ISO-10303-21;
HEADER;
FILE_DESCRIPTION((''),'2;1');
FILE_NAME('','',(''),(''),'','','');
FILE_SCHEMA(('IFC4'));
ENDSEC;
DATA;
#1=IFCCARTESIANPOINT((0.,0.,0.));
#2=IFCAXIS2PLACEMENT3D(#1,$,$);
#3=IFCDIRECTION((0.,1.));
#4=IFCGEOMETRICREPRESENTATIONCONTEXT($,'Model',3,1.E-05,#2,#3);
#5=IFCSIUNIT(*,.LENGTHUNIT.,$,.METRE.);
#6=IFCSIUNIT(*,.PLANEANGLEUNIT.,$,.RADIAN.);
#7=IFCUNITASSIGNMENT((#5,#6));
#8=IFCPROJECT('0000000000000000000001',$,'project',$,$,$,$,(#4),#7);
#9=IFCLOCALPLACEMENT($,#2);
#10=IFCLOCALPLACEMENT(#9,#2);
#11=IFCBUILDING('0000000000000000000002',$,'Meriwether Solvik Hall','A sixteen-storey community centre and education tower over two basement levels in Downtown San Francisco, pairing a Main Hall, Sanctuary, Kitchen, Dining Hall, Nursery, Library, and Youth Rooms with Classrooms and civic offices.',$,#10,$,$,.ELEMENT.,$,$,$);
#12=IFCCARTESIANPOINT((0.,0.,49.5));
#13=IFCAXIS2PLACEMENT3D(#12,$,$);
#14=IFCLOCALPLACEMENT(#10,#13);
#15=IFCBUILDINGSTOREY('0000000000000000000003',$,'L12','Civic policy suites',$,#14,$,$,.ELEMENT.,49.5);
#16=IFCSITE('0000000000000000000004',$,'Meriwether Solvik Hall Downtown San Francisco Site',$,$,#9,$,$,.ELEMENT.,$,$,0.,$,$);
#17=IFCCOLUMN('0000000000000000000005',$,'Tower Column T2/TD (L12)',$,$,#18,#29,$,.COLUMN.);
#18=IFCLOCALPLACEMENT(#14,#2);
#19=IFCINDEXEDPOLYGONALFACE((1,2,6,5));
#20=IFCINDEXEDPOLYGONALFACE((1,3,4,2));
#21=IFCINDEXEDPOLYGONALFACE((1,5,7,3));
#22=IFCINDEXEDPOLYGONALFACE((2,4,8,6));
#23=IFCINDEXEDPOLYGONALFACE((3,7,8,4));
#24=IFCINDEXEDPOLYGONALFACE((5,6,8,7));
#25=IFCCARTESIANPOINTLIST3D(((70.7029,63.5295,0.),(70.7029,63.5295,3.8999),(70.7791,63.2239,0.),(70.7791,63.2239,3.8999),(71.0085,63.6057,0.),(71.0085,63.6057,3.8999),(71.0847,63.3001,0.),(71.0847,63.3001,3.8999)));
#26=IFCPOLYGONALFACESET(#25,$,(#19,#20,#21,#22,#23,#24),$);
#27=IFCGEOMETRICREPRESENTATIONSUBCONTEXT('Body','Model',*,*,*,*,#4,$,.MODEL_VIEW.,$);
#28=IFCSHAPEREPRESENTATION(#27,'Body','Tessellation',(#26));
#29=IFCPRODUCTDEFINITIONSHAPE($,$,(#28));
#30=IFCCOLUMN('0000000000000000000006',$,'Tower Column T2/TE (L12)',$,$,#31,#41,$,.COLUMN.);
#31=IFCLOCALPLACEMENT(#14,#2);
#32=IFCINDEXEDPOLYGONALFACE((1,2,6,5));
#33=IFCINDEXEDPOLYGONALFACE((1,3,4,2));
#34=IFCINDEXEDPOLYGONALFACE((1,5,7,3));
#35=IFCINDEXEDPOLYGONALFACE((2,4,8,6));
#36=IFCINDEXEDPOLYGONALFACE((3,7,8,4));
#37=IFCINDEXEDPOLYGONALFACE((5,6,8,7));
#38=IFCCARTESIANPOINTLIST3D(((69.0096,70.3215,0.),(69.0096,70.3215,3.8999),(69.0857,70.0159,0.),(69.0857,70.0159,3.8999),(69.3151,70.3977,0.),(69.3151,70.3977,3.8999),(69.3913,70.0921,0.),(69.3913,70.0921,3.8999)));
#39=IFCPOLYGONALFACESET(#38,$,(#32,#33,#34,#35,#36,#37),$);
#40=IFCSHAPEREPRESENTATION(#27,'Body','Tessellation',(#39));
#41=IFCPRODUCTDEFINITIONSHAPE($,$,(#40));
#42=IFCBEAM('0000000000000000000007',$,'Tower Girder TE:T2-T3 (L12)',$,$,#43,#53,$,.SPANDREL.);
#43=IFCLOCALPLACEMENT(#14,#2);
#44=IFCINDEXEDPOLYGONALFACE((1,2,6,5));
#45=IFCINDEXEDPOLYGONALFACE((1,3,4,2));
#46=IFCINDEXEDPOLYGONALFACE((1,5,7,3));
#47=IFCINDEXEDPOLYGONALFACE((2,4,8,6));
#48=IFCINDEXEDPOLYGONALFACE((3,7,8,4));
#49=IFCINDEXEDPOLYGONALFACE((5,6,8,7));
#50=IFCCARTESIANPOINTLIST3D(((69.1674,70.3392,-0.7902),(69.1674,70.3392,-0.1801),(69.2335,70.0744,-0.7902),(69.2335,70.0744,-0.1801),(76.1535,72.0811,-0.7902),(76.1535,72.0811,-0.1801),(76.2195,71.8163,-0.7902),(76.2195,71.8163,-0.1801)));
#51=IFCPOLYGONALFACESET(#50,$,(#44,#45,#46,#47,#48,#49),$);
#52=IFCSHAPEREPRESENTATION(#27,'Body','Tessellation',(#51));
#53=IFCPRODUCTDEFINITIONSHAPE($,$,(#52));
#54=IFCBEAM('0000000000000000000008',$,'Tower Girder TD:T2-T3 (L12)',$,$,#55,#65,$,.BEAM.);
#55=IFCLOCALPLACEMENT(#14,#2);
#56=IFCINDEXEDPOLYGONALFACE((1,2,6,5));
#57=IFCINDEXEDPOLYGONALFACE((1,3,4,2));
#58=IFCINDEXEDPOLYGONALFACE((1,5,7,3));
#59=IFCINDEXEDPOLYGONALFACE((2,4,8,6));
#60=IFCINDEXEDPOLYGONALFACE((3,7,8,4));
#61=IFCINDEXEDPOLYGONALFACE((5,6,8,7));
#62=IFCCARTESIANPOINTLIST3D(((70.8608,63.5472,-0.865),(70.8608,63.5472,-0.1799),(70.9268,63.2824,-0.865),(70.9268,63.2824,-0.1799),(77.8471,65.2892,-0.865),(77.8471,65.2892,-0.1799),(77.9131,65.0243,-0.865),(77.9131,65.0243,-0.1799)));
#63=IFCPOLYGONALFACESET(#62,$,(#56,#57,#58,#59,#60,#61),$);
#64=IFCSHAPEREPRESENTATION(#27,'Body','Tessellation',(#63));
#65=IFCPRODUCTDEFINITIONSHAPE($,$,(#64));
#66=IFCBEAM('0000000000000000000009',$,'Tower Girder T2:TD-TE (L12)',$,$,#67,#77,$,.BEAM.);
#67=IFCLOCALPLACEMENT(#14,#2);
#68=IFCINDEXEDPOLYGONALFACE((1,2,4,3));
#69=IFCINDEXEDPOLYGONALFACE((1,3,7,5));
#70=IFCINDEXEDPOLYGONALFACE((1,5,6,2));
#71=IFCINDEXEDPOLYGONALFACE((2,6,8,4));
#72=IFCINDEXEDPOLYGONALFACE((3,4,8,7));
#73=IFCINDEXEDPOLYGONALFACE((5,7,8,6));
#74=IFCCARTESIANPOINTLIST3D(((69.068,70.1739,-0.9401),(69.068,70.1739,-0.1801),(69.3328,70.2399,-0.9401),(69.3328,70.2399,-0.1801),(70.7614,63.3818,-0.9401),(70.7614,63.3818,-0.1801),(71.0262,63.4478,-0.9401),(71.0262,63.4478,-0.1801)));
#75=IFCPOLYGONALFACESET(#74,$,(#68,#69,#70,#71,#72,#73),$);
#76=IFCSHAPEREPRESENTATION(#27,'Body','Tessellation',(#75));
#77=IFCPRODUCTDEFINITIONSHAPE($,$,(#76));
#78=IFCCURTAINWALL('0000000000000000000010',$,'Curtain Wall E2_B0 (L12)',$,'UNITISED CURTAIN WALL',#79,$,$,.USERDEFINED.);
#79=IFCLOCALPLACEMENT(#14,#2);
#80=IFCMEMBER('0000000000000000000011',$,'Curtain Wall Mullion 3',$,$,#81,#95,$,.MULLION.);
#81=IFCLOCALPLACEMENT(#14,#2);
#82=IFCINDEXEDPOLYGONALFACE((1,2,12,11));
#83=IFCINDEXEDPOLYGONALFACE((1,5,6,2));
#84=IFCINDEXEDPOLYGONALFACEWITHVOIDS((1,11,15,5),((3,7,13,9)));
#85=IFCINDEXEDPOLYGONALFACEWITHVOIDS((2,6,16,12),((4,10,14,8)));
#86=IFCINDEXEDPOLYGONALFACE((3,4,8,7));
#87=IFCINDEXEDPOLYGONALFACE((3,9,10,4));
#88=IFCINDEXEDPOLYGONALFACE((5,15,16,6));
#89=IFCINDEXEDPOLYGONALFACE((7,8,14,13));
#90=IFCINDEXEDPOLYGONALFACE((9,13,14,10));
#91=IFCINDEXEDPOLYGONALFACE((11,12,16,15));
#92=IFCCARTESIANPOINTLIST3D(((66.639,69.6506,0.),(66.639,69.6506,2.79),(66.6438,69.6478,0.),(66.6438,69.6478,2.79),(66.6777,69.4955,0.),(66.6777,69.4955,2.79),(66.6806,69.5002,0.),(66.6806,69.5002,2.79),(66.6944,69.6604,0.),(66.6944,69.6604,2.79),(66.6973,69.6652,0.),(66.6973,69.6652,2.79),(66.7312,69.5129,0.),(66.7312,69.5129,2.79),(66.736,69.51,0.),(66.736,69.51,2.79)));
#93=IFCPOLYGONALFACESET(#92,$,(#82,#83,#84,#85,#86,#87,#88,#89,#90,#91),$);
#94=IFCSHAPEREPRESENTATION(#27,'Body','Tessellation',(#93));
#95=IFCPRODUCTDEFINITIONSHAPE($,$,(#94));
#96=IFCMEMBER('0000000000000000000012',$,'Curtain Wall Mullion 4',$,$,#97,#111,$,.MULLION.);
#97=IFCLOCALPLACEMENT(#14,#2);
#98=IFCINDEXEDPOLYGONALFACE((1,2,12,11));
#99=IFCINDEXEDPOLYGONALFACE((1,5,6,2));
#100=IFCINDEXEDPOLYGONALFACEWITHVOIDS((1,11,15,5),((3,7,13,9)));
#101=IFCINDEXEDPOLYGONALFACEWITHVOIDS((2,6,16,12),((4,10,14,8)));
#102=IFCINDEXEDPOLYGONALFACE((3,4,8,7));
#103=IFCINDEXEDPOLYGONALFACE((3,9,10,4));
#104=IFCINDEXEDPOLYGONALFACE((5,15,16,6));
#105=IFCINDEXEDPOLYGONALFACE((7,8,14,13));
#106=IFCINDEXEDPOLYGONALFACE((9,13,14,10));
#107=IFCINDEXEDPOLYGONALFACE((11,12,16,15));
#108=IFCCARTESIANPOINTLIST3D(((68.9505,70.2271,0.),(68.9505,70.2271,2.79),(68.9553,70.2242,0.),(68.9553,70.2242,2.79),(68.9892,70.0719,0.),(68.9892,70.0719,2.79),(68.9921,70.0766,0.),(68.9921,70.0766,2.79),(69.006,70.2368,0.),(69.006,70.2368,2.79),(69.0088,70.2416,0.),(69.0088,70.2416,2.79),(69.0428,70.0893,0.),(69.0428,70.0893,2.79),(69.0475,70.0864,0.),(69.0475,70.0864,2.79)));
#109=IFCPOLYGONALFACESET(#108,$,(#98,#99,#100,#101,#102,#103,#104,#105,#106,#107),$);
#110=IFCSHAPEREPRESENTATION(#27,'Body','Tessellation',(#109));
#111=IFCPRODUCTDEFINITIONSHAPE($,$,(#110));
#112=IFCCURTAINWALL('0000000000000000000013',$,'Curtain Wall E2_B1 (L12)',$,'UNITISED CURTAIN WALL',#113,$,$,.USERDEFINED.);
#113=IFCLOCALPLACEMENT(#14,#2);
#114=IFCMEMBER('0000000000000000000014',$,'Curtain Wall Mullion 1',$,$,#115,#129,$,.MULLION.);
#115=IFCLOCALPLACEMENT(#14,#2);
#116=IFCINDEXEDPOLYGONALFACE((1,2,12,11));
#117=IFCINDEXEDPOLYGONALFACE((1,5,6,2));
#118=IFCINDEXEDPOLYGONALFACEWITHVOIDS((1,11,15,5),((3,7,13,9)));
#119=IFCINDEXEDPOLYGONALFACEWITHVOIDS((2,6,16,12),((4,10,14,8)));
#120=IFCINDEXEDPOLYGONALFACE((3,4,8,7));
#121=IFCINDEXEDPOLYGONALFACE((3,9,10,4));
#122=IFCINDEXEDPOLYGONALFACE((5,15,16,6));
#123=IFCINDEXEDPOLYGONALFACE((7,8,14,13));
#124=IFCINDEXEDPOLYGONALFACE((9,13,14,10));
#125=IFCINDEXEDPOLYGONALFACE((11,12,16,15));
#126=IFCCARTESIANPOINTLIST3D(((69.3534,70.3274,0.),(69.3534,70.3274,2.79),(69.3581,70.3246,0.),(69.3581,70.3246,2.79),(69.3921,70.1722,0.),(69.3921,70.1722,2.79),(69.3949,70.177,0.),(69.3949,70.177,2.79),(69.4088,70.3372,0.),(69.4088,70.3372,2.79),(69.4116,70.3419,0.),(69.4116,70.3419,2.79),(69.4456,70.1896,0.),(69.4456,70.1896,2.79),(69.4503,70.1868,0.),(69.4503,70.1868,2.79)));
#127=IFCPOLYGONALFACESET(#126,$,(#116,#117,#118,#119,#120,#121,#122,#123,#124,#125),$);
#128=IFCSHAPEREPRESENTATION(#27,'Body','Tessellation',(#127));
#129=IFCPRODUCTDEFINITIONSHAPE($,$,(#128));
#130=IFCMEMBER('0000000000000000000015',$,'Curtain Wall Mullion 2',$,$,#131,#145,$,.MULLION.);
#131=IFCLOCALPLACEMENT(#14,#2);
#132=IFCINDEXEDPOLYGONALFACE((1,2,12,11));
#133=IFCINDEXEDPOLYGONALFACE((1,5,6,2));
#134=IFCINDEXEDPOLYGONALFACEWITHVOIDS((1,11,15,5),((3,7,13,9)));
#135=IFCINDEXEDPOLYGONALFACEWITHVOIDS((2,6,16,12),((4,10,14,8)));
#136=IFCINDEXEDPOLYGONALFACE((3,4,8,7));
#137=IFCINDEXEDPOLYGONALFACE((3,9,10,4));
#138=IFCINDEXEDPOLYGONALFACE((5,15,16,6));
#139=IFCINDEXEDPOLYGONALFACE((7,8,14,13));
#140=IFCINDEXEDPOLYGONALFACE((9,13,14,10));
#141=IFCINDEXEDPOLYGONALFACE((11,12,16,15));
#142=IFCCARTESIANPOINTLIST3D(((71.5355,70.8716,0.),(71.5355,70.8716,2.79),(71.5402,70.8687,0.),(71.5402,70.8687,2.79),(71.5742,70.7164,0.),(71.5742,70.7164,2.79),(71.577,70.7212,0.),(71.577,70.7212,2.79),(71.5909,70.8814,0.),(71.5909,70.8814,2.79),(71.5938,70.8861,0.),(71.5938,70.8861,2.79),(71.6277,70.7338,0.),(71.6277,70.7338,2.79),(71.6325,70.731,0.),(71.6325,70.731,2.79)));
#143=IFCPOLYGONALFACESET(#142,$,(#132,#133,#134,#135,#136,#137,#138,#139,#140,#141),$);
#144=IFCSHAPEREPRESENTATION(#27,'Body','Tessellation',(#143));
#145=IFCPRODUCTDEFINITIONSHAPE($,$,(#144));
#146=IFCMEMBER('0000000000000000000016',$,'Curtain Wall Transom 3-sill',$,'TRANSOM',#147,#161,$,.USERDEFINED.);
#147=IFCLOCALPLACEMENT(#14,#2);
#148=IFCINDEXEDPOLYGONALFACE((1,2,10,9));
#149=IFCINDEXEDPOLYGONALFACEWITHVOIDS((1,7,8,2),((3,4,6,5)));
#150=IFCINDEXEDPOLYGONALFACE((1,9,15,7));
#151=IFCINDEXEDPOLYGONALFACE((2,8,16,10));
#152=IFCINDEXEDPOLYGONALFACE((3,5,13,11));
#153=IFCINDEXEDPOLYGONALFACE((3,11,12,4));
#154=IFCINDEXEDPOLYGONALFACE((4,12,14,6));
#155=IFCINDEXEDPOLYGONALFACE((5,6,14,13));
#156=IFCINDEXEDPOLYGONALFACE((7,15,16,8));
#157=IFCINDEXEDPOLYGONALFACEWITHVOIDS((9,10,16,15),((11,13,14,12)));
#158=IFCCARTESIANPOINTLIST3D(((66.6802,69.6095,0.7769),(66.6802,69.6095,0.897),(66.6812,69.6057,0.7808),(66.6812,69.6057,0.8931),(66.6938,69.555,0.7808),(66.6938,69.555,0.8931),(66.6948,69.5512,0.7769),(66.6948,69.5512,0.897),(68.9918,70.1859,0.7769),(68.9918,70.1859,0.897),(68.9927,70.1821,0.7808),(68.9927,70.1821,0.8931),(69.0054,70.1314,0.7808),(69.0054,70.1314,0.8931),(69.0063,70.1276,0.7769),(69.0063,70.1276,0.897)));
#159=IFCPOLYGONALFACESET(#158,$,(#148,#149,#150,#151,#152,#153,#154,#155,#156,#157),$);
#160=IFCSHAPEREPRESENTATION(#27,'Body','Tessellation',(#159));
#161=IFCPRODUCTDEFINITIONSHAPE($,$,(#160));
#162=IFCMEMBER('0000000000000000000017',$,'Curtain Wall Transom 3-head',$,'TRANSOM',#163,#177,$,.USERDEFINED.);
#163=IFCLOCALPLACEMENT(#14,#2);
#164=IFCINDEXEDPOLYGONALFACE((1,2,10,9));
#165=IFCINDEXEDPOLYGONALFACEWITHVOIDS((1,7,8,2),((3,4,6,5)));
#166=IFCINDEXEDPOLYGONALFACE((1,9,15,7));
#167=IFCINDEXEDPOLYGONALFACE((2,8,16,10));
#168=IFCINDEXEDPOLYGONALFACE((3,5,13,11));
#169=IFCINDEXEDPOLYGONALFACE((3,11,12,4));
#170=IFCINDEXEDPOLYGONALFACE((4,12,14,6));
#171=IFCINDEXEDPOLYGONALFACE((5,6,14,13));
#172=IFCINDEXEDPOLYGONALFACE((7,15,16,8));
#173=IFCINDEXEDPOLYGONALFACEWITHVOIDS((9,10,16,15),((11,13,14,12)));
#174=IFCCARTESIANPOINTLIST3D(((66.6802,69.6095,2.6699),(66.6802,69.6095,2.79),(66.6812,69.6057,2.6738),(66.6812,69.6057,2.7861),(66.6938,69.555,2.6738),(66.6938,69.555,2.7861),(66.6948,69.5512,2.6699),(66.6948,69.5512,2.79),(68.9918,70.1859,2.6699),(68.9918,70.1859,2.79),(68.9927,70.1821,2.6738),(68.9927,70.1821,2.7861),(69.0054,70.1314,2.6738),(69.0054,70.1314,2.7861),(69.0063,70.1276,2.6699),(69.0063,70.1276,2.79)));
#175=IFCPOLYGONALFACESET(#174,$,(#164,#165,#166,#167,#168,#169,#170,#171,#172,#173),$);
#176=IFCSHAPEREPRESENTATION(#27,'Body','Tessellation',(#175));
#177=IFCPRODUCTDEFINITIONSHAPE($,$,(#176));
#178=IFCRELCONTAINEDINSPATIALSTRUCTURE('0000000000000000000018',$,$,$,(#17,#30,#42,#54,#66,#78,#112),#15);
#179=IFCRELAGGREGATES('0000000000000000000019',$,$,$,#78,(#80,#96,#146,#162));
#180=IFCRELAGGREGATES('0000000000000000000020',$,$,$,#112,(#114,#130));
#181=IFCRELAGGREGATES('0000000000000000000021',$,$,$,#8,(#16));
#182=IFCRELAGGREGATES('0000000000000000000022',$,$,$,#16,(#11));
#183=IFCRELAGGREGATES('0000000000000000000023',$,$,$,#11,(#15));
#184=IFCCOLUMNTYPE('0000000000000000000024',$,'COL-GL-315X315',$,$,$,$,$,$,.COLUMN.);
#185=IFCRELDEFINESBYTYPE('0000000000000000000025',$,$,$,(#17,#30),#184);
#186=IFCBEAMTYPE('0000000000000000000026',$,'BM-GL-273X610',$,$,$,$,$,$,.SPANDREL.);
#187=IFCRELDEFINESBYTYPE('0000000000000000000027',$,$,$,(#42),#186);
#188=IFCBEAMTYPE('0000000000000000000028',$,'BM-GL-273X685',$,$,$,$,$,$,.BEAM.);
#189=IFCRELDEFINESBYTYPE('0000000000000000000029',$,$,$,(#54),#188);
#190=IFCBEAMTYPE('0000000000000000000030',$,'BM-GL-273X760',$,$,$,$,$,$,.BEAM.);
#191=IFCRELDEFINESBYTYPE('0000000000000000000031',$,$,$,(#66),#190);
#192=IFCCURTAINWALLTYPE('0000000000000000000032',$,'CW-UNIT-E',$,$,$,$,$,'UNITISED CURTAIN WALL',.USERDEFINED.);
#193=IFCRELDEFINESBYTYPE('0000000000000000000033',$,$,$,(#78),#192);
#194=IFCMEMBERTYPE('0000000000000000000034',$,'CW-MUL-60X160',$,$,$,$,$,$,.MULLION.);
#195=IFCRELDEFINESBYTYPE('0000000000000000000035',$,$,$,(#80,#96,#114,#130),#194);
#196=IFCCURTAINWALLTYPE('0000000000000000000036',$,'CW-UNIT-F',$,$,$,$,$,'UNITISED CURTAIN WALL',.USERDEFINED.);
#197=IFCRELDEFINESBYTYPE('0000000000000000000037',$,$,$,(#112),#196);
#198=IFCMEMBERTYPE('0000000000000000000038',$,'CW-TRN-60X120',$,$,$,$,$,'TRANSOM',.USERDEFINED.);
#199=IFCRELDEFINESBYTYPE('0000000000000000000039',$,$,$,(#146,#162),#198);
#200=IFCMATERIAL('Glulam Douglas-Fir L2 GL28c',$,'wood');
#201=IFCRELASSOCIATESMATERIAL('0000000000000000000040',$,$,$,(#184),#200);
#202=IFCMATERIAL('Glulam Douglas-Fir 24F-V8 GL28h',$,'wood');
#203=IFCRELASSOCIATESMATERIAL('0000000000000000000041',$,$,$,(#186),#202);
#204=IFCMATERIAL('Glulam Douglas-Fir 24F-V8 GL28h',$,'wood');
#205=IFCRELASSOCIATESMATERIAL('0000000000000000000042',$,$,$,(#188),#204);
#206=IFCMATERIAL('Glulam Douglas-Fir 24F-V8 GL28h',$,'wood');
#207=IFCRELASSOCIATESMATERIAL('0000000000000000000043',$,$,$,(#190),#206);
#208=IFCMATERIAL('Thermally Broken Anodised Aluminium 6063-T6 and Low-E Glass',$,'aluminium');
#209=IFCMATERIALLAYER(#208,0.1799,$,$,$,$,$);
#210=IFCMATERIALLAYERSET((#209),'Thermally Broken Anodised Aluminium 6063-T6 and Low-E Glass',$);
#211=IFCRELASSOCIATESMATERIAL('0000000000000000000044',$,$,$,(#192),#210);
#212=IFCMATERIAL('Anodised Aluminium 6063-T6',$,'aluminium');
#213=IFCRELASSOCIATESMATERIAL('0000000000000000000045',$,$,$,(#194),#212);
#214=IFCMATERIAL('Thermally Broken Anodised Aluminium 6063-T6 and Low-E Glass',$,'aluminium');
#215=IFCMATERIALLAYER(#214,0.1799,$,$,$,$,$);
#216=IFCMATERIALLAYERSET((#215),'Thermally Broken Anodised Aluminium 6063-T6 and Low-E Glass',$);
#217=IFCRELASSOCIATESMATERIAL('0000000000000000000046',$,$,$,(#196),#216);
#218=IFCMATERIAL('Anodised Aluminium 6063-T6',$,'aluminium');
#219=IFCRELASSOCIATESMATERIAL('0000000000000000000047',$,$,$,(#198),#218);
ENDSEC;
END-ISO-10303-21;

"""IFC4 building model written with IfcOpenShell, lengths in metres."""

from ifc_helpers import new_model, si_unit, direction, frame, origin, origin_2d, place, context, subcontext, project, spatial, rectangle, hollow_rectangle, extrude, material, layer, layer_set, material_profile, profile_set, type_object, element, aggregate, save


model = new_model("IFC4")

# Units and contexts
model_context = context("Model", 3, precision=1e-05, world=origin(), true_north=direction((0.0, 1.0)))
body_context = subcontext(model_context, "Body", "Model", "MODEL_VIEW")
ifc_project = project(units=[si_unit("LENGTHUNIT", "METRE"), si_unit("PLANEANGLEUNIT", "RADIAN")], contexts=[model_context])

# Site, building, storey
site_placement = place(None, origin())
site = spatial("IfcSite", under=ifc_project, at=site_placement, Name="Meriwether Solvik Hall Downtown San Francisco Site", CompositionType="ELEMENT", RefElevation=0.0)
building_placement = place(site_placement, origin())
building = spatial("IfcBuilding", under=site, at=building_placement, Name="Meriwether Solvik Hall", Description="A sixteen-storey community centre and education tower over two basement levels in Downtown San Francisco, pairing a Main Hall, Sanctuary, Kitchen, Dining Hall, Nursery, Library, and Youth Rooms with Classrooms and civic offices.", CompositionType="ELEMENT")
storey_placement = place(building_placement, frame((0.0, 0.0, 49.5)))
storey = spatial("IfcBuildingStorey", under=building, at=storey_placement, Name="L12", Description="Civic policy suites", CompositionType="ELEMENT", Elevation=49.5)

# Columns
ifc_material_1 = material(Name="Glulam Douglas-Fir L2 GL28c", Category="wood")
ifc_material_profile_1 = material_profile(ifc_material_1, rectangle(XDim=0.3149, YDim=0.3149, at=origin_2d()), Name="GLC-315X315")
ifc_profile_set_1 = profile_set([ifc_material_profile_1], Name="Glulam Douglas-Fir L2 GL28c")
column_type = type_object("IfcColumnType", Name="COL-GL-315X315", PredefinedType="COLUMN", material=ifc_profile_set_1)
for number, where, z_axis, x_axis, name in (
    (1, (70.8938, 63.4148, 0.0), (0.0, 0.0, 1.0), (0.970296, 0.241922, 0.0), "Tower Column T2/TD (L12)"),
    (2, (69.2004, 70.2068, 0.0), (0.0, 0.0, 1.0), (0.970296, 0.241922, 0.0), "Tower Column T2/TE (L12)"),
):
    element("IfcColumn", number, at=place(storey_placement, frame(where, z_axis=z_axis, x_axis=x_axis)), inside=storey, type_object=column_type, Name=name, PredefinedType="COLUMN", context=body_context, shape_type="SweptSolid", body=[
        extrude(rectangle(XDim=0.3149, YDim=0.3149, at=origin_2d()), origin(), (0.0, 0.0, 1.0), 3.8999),
    ])

# Beams
ifc_material_2 = material(Name="Glulam Douglas-Fir 24F-V8 GL28h", Category="wood")
ifc_material_profile_2 = material_profile(ifc_material_2, rectangle(XDim=0.2729, YDim=0.6101, at=origin_2d()), Name="GLB-273X610")
ifc_profile_set_2 = profile_set([ifc_material_profile_2], Name="Glulam Douglas-Fir 24F-V8 GL28h")
beam_type_1 = type_object("IfcBeamType", Name="BM-GL-273X610", PredefinedType="SPANDREL", material=ifc_profile_set_2)
beam_1_placement = place(storey_placement, frame((69.2004, 70.2068, -0.4851), z_axis=(0.970292, 0.241937, 0.0), x_axis=(-0.241937, 0.970292, 0.0)))
element("IfcBeam", 3, at=beam_1_placement, inside=storey, type_object=beam_type_1, Name="Tower Girder TE:T2-T3 (L12)", PredefinedType="SPANDREL", context=body_context, shape_type="SweptSolid", body=[
    extrude(rectangle(XDim=0.2729, YDim=0.6101, at=origin_2d()), origin(), (0.0, 0.0, 1.0), 7.2),
])
ifc_material_3 = material(Name="Glulam Douglas-Fir 24F-V8 GL28h", Category="wood")
ifc_material_profile_3 = material_profile(ifc_material_3, rectangle(XDim=0.2729, YDim=0.6851, at=origin_2d()), Name="GLB-273X685")
ifc_profile_set_3 = profile_set([ifc_material_profile_3], Name="Glulam Douglas-Fir 24F-V8 GL28h")
beam_type_2 = type_object("IfcBeamType", Name="BM-GL-273X685", PredefinedType="BEAM", material=ifc_profile_set_3)
beam_2_placement = place(storey_placement, frame((70.8938, 63.4148, -0.5225), z_axis=(0.970294, 0.241929, 0.0), x_axis=(-0.241929, 0.970294, 0.0)))
element("IfcBeam", 4, at=beam_2_placement, inside=storey, type_object=beam_type_2, Name="Tower Girder TD:T2-T3 (L12)", PredefinedType="BEAM", context=body_context, shape_type="SweptSolid", body=[
    extrude(rectangle(XDim=0.2729, YDim=0.6851, at=origin_2d()), origin(), (0.0, 0.0, 1.0), 7.2002),
])
ifc_material_4 = material(Name="Glulam Douglas-Fir 24F-V8 GL28h", Category="wood")
ifc_material_profile_4 = material_profile(ifc_material_4, rectangle(XDim=0.2729, YDim=0.76, at=origin_2d()), Name="GLB-273X760")
ifc_profile_set_4 = profile_set([ifc_material_profile_4], Name="Glulam Douglas-Fir 24F-V8 GL28h")
beam_type_3 = type_object("IfcBeamType", Name="BM-GL-273X760", PredefinedType="BEAM", material=ifc_profile_set_4)
beam_3_placement = place(storey_placement, frame((70.8938, 63.4148, -0.5601), z_axis=(-0.241912, 0.970298, 0.0), x_axis=(-0.970298, -0.241912, 0.0)))
element("IfcBeam", 5, at=beam_3_placement, inside=storey, type_object=beam_type_3, Name="Tower Girder T2:TD-TE (L12)", PredefinedType="BEAM", context=body_context, shape_type="SweptSolid", body=[
    extrude(rectangle(XDim=0.2729, YDim=0.76, at=origin_2d()), origin(), (0.0, 0.0, 1.0), 7.0),
])

# Curtain walls, members
ifc_material_5 = material(Name="Thermally Broken Anodised Aluminium 6063-T6 and Low-E Glass", Category="aluminium")
ifc_layer_1 = layer(ifc_material_5, 0.1799)
ifc_layer_set_1 = layer_set([ifc_layer_1], Name="Thermally Broken Anodised Aluminium 6063-T6 and Low-E Glass")
curtain_wall_type_1 = type_object("IfcCurtainWallType", Name="CW-UNIT-E", ElementType="UNITISED CURTAIN WALL", PredefinedType="USERDEFINED", material=ifc_layer_set_1)
curtain_wall_1_placement = place(storey_placement, origin())
curtain_wall_1 = element("IfcCurtainWall", 6, at=curtain_wall_1_placement, inside=storey, type_object=curtain_wall_type_1, Name="Curtain Wall E2_B0 (L12)", ObjectType="UNITISED CURTAIN WALL", PredefinedType="USERDEFINED")
ifc_material_6 = material(Name="Anodised Aluminium 6063-T6", Category="aluminium")
ifc_material_profile_5 = material_profile(ifc_material_6, hollow_rectangle(XDim=0.0601, YDim=0.1599, WallThickness=0.0039, at=origin_2d()), Name="CWM-60X160")
ifc_profile_set_5 = profile_set([ifc_material_profile_5], Name="Anodised Aluminium 6063-T6")
member_type_1 = type_object("IfcMemberType", Name="CW-MUL-60X160", PredefinedType="MULLION", material=ifc_profile_set_5)
member_1_placement = place(storey_placement, frame((66.6875, 69.5803, 0.0), z_axis=(0.0, 0.0, 1.0), x_axis=(0.970296, 0.241922, 0.0)))
member_1 = element("IfcMember", 7, at=member_1_placement, type_object=member_type_1, Name="Curtain Wall Mullion 3", PredefinedType="MULLION", context=body_context, shape_type="SweptSolid", body=[
    extrude(hollow_rectangle(XDim=0.0601, YDim=0.1599, WallThickness=0.0039, at=origin_2d()), origin(), (0.0, 0.0, 1.0), 2.79),
])
member_2_placement = place(storey_placement, frame((68.999, 70.1567, 0.0), z_axis=(0.0, 0.0, 1.0), x_axis=(0.970296, 0.241922, 0.0)))
member_2 = element("IfcMember", 8, at=member_2_placement, type_object=member_type_1, Name="Curtain Wall Mullion 4", PredefinedType="MULLION", context=body_context, shape_type="SweptSolid", body=[
    extrude(hollow_rectangle(XDim=0.0601, YDim=0.1599, WallThickness=0.0039, at=origin_2d()), origin(), (0.0, 0.0, 1.0), 2.79),
])
ifc_material_7 = material(Name="Thermally Broken Anodised Aluminium 6063-T6 and Low-E Glass", Category="aluminium")
ifc_layer_2 = layer(ifc_material_7, 0.1799)
ifc_layer_set_2 = layer_set([ifc_layer_2], Name="Thermally Broken Anodised Aluminium 6063-T6 and Low-E Glass")
curtain_wall_type_2 = type_object("IfcCurtainWallType", Name="CW-UNIT-F", ElementType="UNITISED CURTAIN WALL", PredefinedType="USERDEFINED", material=ifc_layer_set_2)
curtain_wall_2_placement = place(storey_placement, origin())
curtain_wall_2 = element("IfcCurtainWall", 9, at=curtain_wall_2_placement, inside=storey, type_object=curtain_wall_type_2, Name="Curtain Wall E2_B1 (L12)", ObjectType="UNITISED CURTAIN WALL", PredefinedType="USERDEFINED")
member_3_placement = place(storey_placement, frame((69.4019, 70.2571, 0.0), z_axis=(0.0, 0.0, 1.0), x_axis=(0.970296, 0.241922, 0.0)))
member_3 = element("IfcMember", 10, at=member_3_placement, type_object=member_type_1, Name="Curtain Wall Mullion 1", PredefinedType="MULLION", context=body_context, shape_type="SweptSolid", body=[
    extrude(hollow_rectangle(XDim=0.0601, YDim=0.1599, WallThickness=0.0039, at=origin_2d()), origin(), (0.0, 0.0, 1.0), 2.79),
])
member_4_placement = place(storey_placement, frame((71.584, 70.8013, 0.0), z_axis=(0.0, 0.0, 1.0), x_axis=(0.970296, 0.241922, 0.0)))
member_4 = element("IfcMember", 11, at=member_4_placement, type_object=member_type_1, Name="Curtain Wall Mullion 2", PredefinedType="MULLION", context=body_context, shape_type="SweptSolid", body=[
    extrude(hollow_rectangle(XDim=0.0601, YDim=0.1599, WallThickness=0.0039, at=origin_2d()), origin(), (0.0, 0.0, 1.0), 2.79),
])

# Members
ifc_material_8 = material(Name="Anodised Aluminium 6063-T6", Category="aluminium")
ifc_material_profile_6 = material_profile(ifc_material_8, hollow_rectangle(XDim=0.0601, YDim=0.1201, WallThickness=0.0039, at=origin_2d()), Name="CWT-60X120")
ifc_profile_set_6 = profile_set([ifc_material_profile_6], Name="Anodised Aluminium 6063-T6")
member_type_2 = type_object("IfcMemberType", Name="CW-TRN-60X120", ElementType="TRANSOM", PredefinedType="USERDEFINED", material=ifc_profile_set_6)
member_5_placement = place(storey_placement, frame((66.6875, 69.5803, 0.8369), z_axis=(0.970287, 0.241957, 0.0), x_axis=(-0.241957, 0.970287, 0.0)))
member_5 = element("IfcMember", 12, at=member_5_placement, type_object=member_type_2, Name="Curtain Wall Transom 3-sill", ObjectType="TRANSOM", PredefinedType="USERDEFINED", context=body_context, shape_type="SweptSolid", body=[
    extrude(hollow_rectangle(XDim=0.0601, YDim=0.1201, WallThickness=0.0039, at=origin_2d()), origin(), (0.0, 0.0, 1.0), 2.3823),
])
member_6_placement = place(storey_placement, frame((66.6875, 69.5803, 2.73), z_axis=(0.970287, 0.241957, 0.0), x_axis=(-0.241957, 0.970287, 0.0)))
member_6 = element("IfcMember", 13, at=member_6_placement, type_object=member_type_2, Name="Curtain Wall Transom 3-head", ObjectType="TRANSOM", PredefinedType="USERDEFINED", context=body_context, shape_type="SweptSolid", body=[
    extrude(hollow_rectangle(XDim=0.0601, YDim=0.1201, WallThickness=0.0039, at=origin_2d()), origin(), (0.0, 0.0, 1.0), 2.3823),
])

aggregate(curtain_wall_1, [member_1, member_2, member_5, member_6])
aggregate(curtain_wall_2, [member_3, member_4])

save(model, "model.ifc")
